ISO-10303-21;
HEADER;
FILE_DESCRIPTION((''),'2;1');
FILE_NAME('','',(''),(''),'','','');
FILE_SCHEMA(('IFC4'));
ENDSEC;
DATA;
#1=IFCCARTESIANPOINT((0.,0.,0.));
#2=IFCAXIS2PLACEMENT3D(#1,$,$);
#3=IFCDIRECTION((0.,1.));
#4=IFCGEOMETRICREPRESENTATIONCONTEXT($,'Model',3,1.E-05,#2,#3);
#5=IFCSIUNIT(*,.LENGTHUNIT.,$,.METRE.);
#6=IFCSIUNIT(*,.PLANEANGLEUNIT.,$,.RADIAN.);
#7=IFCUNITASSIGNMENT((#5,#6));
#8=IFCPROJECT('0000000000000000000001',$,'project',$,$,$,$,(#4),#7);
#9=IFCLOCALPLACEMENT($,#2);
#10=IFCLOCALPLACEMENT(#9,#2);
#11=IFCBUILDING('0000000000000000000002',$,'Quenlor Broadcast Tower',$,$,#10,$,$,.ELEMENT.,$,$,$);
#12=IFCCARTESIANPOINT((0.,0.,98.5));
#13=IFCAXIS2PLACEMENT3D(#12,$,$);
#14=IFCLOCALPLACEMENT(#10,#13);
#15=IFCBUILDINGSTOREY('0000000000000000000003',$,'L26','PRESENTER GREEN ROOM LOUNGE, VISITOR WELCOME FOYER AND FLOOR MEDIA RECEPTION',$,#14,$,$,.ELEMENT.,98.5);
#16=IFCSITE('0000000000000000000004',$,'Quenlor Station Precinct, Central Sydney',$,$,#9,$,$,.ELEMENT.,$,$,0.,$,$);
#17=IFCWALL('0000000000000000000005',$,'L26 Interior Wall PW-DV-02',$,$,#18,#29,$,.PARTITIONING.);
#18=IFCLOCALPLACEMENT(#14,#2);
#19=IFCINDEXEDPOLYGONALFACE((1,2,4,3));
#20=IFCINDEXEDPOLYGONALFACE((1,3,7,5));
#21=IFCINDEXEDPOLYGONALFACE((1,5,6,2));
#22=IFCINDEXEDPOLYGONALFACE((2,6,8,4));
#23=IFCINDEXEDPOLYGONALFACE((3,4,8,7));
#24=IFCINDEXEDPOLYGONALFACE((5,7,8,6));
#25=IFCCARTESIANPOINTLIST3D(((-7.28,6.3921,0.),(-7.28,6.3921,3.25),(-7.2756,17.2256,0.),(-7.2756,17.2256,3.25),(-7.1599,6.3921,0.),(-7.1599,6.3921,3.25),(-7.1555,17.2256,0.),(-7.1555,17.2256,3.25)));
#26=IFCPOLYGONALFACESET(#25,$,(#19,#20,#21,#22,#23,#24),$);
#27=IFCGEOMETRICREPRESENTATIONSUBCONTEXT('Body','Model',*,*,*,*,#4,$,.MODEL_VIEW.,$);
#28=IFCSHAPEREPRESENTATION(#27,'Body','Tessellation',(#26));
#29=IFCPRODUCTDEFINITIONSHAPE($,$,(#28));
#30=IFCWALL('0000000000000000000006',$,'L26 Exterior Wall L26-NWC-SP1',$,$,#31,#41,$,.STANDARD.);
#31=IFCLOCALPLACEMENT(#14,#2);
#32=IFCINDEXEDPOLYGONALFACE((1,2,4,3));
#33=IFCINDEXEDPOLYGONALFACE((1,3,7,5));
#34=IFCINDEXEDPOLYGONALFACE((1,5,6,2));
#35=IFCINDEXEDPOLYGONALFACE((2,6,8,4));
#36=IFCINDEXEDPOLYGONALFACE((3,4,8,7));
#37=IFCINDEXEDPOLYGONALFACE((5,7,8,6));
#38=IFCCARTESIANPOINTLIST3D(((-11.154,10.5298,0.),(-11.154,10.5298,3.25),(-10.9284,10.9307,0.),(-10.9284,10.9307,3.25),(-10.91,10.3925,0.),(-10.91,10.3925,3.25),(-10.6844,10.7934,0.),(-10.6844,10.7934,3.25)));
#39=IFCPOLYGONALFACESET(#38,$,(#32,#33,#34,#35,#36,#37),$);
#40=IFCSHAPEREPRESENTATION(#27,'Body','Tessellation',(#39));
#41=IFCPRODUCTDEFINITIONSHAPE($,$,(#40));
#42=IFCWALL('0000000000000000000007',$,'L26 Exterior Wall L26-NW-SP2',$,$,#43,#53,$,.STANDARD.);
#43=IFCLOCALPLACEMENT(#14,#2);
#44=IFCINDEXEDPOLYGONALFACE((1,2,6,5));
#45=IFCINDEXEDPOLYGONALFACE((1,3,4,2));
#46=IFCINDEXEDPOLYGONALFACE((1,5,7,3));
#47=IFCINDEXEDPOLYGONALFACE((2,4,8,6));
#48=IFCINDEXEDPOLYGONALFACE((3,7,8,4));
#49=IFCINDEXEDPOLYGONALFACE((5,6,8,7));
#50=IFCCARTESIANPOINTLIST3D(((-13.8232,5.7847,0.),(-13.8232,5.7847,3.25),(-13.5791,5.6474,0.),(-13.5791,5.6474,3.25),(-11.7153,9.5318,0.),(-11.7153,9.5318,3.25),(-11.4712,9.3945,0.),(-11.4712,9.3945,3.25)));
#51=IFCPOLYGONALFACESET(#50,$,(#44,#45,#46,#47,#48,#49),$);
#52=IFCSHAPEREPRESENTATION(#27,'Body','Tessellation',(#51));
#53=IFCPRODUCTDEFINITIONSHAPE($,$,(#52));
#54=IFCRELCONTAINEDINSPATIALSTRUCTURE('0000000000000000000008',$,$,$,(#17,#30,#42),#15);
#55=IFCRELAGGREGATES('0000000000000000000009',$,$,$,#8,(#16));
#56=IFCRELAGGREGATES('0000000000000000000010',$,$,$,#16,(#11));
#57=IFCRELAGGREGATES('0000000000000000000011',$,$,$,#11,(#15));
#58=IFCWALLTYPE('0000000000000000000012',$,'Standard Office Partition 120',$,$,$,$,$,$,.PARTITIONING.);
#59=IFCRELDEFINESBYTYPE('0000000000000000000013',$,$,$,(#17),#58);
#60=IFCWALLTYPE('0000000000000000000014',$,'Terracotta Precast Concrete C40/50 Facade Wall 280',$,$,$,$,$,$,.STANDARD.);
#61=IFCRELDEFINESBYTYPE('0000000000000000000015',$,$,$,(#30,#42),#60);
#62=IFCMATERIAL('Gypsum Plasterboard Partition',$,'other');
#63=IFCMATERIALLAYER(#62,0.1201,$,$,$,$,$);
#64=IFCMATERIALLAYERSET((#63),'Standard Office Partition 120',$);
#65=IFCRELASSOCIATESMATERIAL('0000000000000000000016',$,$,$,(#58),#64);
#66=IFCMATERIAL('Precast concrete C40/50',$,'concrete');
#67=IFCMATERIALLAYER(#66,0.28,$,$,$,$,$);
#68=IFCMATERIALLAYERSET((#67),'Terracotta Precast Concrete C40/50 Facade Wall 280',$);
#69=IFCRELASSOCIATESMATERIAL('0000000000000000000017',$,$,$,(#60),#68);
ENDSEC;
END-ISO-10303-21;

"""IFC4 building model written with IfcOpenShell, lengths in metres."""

from ifc_helpers import new_model, si_unit, direction, frame, frame_2d, origin, place, context, subcontext, project, spatial, rectangle, extrude, material, layer, layer_set, type_object, element, save


model = new_model("IFC4")

# Units and contexts
model_context = context("Model", 3, precision=1e-05, world=origin(), true_north=direction((0.0, 1.0)))
body_context = subcontext(model_context, "Body", "Model", "MODEL_VIEW")
ifc_project = project(units=[si_unit("LENGTHUNIT", "METRE"), si_unit("PLANEANGLEUNIT", "RADIAN")], contexts=[model_context])

# Site, building, storey
site_placement = place(None, origin())
site = spatial("IfcSite", under=ifc_project, at=site_placement, Name="Quenlor Station Precinct, Central Sydney", CompositionType="ELEMENT", RefElevation=0.0)
building_placement = place(site_placement, origin())
building = spatial("IfcBuilding", under=site, at=building_placement, Name="Quenlor Broadcast Tower", CompositionType="ELEMENT")
storey_placement = place(building_placement, frame((0.0, 0.0, 98.5)))
storey = spatial("IfcBuildingStorey", under=building, at=storey_placement, Name="L26", Description="PRESENTER GREEN ROOM LOUNGE, VISITOR WELCOME FOYER AND FLOOR MEDIA RECEPTION", CompositionType="ELEMENT", Elevation=98.5)

# Walls
ifc_material_1 = material(Name="Gypsum Plasterboard Partition", Category="other")
ifc_layer_1 = layer(ifc_material_1, 0.1201)
ifc_layer_set_1 = layer_set([ifc_layer_1], Name="Standard Office Partition 120")
wall_type_1 = type_object("IfcWallType", Name="Standard Office Partition 120", PredefinedType="PARTITIONING", material=ifc_layer_set_1)
wall_1_placement = place(storey_placement, frame((-7.22, 6.3921, 0.0), z_axis=(0.0, 0.0, 1.0), x_axis=(0.000406, 1.0, 0.0)))
element("IfcWall", 1, at=wall_1_placement, inside=storey, type_object=wall_type_1, Name="L26 Interior Wall PW-DV-02", PredefinedType="PARTITIONING", context=body_context, shape_type="SweptSolid", body=[
    extrude(rectangle(XDim=10.8335, YDim=0.1201, at=frame_2d((5.4167, 0.0))), origin(), (0.0, 0.0, 1.0), 3.25),
])
ifc_material_2 = material(Name="Precast concrete C40/50", Category="concrete")
ifc_layer_2 = layer(ifc_material_2, 0.28)
ifc_layer_set_2 = layer_set([ifc_layer_2], Name="Terracotta Precast Concrete C40/50 Facade Wall 280")
wall_type_2 = type_object("IfcWallType", Name="Terracotta Precast Concrete C40/50 Facade Wall 280", PredefinedType="STANDARD", material=ifc_layer_set_2)
wall_2_placement = place(storey_placement, frame((-11.032, 10.4612, 0.0), z_axis=(0.0, 0.0, 1.0), x_axis=(0.490412, 0.87149, 0.0)))
element("IfcWall", 2, at=wall_2_placement, inside=storey, type_object=wall_type_2, Name="L26 Exterior Wall L26-NWC-SP1", PredefinedType="STANDARD", context=body_context, shape_type="SweptSolid", body=[
    extrude(rectangle(XDim=0.46, YDim=0.28, at=frame_2d((0.23, 0.0))), origin(), (0.0, 0.0, 1.0), 3.25),
])
wall_3_placement = place(storey_placement, frame((-13.7012, 5.7161, 0.0), z_axis=(0.0, 0.0, 1.0), x_axis=(0.490294, 0.871557, 0.0)))
element("IfcWall", 3, at=wall_3_placement, inside=storey, type_object=wall_type_2, Name="L26 Exterior Wall L26-NW-SP2", PredefinedType="STANDARD", context=body_context, shape_type="SweptSolid", body=[
    extrude(rectangle(XDim=4.2993, YDim=0.28, at=frame_2d((2.1497, 0.0))), origin(), (0.0, 0.0, 1.0), 3.25),
])

save(model, "model.ifc")
